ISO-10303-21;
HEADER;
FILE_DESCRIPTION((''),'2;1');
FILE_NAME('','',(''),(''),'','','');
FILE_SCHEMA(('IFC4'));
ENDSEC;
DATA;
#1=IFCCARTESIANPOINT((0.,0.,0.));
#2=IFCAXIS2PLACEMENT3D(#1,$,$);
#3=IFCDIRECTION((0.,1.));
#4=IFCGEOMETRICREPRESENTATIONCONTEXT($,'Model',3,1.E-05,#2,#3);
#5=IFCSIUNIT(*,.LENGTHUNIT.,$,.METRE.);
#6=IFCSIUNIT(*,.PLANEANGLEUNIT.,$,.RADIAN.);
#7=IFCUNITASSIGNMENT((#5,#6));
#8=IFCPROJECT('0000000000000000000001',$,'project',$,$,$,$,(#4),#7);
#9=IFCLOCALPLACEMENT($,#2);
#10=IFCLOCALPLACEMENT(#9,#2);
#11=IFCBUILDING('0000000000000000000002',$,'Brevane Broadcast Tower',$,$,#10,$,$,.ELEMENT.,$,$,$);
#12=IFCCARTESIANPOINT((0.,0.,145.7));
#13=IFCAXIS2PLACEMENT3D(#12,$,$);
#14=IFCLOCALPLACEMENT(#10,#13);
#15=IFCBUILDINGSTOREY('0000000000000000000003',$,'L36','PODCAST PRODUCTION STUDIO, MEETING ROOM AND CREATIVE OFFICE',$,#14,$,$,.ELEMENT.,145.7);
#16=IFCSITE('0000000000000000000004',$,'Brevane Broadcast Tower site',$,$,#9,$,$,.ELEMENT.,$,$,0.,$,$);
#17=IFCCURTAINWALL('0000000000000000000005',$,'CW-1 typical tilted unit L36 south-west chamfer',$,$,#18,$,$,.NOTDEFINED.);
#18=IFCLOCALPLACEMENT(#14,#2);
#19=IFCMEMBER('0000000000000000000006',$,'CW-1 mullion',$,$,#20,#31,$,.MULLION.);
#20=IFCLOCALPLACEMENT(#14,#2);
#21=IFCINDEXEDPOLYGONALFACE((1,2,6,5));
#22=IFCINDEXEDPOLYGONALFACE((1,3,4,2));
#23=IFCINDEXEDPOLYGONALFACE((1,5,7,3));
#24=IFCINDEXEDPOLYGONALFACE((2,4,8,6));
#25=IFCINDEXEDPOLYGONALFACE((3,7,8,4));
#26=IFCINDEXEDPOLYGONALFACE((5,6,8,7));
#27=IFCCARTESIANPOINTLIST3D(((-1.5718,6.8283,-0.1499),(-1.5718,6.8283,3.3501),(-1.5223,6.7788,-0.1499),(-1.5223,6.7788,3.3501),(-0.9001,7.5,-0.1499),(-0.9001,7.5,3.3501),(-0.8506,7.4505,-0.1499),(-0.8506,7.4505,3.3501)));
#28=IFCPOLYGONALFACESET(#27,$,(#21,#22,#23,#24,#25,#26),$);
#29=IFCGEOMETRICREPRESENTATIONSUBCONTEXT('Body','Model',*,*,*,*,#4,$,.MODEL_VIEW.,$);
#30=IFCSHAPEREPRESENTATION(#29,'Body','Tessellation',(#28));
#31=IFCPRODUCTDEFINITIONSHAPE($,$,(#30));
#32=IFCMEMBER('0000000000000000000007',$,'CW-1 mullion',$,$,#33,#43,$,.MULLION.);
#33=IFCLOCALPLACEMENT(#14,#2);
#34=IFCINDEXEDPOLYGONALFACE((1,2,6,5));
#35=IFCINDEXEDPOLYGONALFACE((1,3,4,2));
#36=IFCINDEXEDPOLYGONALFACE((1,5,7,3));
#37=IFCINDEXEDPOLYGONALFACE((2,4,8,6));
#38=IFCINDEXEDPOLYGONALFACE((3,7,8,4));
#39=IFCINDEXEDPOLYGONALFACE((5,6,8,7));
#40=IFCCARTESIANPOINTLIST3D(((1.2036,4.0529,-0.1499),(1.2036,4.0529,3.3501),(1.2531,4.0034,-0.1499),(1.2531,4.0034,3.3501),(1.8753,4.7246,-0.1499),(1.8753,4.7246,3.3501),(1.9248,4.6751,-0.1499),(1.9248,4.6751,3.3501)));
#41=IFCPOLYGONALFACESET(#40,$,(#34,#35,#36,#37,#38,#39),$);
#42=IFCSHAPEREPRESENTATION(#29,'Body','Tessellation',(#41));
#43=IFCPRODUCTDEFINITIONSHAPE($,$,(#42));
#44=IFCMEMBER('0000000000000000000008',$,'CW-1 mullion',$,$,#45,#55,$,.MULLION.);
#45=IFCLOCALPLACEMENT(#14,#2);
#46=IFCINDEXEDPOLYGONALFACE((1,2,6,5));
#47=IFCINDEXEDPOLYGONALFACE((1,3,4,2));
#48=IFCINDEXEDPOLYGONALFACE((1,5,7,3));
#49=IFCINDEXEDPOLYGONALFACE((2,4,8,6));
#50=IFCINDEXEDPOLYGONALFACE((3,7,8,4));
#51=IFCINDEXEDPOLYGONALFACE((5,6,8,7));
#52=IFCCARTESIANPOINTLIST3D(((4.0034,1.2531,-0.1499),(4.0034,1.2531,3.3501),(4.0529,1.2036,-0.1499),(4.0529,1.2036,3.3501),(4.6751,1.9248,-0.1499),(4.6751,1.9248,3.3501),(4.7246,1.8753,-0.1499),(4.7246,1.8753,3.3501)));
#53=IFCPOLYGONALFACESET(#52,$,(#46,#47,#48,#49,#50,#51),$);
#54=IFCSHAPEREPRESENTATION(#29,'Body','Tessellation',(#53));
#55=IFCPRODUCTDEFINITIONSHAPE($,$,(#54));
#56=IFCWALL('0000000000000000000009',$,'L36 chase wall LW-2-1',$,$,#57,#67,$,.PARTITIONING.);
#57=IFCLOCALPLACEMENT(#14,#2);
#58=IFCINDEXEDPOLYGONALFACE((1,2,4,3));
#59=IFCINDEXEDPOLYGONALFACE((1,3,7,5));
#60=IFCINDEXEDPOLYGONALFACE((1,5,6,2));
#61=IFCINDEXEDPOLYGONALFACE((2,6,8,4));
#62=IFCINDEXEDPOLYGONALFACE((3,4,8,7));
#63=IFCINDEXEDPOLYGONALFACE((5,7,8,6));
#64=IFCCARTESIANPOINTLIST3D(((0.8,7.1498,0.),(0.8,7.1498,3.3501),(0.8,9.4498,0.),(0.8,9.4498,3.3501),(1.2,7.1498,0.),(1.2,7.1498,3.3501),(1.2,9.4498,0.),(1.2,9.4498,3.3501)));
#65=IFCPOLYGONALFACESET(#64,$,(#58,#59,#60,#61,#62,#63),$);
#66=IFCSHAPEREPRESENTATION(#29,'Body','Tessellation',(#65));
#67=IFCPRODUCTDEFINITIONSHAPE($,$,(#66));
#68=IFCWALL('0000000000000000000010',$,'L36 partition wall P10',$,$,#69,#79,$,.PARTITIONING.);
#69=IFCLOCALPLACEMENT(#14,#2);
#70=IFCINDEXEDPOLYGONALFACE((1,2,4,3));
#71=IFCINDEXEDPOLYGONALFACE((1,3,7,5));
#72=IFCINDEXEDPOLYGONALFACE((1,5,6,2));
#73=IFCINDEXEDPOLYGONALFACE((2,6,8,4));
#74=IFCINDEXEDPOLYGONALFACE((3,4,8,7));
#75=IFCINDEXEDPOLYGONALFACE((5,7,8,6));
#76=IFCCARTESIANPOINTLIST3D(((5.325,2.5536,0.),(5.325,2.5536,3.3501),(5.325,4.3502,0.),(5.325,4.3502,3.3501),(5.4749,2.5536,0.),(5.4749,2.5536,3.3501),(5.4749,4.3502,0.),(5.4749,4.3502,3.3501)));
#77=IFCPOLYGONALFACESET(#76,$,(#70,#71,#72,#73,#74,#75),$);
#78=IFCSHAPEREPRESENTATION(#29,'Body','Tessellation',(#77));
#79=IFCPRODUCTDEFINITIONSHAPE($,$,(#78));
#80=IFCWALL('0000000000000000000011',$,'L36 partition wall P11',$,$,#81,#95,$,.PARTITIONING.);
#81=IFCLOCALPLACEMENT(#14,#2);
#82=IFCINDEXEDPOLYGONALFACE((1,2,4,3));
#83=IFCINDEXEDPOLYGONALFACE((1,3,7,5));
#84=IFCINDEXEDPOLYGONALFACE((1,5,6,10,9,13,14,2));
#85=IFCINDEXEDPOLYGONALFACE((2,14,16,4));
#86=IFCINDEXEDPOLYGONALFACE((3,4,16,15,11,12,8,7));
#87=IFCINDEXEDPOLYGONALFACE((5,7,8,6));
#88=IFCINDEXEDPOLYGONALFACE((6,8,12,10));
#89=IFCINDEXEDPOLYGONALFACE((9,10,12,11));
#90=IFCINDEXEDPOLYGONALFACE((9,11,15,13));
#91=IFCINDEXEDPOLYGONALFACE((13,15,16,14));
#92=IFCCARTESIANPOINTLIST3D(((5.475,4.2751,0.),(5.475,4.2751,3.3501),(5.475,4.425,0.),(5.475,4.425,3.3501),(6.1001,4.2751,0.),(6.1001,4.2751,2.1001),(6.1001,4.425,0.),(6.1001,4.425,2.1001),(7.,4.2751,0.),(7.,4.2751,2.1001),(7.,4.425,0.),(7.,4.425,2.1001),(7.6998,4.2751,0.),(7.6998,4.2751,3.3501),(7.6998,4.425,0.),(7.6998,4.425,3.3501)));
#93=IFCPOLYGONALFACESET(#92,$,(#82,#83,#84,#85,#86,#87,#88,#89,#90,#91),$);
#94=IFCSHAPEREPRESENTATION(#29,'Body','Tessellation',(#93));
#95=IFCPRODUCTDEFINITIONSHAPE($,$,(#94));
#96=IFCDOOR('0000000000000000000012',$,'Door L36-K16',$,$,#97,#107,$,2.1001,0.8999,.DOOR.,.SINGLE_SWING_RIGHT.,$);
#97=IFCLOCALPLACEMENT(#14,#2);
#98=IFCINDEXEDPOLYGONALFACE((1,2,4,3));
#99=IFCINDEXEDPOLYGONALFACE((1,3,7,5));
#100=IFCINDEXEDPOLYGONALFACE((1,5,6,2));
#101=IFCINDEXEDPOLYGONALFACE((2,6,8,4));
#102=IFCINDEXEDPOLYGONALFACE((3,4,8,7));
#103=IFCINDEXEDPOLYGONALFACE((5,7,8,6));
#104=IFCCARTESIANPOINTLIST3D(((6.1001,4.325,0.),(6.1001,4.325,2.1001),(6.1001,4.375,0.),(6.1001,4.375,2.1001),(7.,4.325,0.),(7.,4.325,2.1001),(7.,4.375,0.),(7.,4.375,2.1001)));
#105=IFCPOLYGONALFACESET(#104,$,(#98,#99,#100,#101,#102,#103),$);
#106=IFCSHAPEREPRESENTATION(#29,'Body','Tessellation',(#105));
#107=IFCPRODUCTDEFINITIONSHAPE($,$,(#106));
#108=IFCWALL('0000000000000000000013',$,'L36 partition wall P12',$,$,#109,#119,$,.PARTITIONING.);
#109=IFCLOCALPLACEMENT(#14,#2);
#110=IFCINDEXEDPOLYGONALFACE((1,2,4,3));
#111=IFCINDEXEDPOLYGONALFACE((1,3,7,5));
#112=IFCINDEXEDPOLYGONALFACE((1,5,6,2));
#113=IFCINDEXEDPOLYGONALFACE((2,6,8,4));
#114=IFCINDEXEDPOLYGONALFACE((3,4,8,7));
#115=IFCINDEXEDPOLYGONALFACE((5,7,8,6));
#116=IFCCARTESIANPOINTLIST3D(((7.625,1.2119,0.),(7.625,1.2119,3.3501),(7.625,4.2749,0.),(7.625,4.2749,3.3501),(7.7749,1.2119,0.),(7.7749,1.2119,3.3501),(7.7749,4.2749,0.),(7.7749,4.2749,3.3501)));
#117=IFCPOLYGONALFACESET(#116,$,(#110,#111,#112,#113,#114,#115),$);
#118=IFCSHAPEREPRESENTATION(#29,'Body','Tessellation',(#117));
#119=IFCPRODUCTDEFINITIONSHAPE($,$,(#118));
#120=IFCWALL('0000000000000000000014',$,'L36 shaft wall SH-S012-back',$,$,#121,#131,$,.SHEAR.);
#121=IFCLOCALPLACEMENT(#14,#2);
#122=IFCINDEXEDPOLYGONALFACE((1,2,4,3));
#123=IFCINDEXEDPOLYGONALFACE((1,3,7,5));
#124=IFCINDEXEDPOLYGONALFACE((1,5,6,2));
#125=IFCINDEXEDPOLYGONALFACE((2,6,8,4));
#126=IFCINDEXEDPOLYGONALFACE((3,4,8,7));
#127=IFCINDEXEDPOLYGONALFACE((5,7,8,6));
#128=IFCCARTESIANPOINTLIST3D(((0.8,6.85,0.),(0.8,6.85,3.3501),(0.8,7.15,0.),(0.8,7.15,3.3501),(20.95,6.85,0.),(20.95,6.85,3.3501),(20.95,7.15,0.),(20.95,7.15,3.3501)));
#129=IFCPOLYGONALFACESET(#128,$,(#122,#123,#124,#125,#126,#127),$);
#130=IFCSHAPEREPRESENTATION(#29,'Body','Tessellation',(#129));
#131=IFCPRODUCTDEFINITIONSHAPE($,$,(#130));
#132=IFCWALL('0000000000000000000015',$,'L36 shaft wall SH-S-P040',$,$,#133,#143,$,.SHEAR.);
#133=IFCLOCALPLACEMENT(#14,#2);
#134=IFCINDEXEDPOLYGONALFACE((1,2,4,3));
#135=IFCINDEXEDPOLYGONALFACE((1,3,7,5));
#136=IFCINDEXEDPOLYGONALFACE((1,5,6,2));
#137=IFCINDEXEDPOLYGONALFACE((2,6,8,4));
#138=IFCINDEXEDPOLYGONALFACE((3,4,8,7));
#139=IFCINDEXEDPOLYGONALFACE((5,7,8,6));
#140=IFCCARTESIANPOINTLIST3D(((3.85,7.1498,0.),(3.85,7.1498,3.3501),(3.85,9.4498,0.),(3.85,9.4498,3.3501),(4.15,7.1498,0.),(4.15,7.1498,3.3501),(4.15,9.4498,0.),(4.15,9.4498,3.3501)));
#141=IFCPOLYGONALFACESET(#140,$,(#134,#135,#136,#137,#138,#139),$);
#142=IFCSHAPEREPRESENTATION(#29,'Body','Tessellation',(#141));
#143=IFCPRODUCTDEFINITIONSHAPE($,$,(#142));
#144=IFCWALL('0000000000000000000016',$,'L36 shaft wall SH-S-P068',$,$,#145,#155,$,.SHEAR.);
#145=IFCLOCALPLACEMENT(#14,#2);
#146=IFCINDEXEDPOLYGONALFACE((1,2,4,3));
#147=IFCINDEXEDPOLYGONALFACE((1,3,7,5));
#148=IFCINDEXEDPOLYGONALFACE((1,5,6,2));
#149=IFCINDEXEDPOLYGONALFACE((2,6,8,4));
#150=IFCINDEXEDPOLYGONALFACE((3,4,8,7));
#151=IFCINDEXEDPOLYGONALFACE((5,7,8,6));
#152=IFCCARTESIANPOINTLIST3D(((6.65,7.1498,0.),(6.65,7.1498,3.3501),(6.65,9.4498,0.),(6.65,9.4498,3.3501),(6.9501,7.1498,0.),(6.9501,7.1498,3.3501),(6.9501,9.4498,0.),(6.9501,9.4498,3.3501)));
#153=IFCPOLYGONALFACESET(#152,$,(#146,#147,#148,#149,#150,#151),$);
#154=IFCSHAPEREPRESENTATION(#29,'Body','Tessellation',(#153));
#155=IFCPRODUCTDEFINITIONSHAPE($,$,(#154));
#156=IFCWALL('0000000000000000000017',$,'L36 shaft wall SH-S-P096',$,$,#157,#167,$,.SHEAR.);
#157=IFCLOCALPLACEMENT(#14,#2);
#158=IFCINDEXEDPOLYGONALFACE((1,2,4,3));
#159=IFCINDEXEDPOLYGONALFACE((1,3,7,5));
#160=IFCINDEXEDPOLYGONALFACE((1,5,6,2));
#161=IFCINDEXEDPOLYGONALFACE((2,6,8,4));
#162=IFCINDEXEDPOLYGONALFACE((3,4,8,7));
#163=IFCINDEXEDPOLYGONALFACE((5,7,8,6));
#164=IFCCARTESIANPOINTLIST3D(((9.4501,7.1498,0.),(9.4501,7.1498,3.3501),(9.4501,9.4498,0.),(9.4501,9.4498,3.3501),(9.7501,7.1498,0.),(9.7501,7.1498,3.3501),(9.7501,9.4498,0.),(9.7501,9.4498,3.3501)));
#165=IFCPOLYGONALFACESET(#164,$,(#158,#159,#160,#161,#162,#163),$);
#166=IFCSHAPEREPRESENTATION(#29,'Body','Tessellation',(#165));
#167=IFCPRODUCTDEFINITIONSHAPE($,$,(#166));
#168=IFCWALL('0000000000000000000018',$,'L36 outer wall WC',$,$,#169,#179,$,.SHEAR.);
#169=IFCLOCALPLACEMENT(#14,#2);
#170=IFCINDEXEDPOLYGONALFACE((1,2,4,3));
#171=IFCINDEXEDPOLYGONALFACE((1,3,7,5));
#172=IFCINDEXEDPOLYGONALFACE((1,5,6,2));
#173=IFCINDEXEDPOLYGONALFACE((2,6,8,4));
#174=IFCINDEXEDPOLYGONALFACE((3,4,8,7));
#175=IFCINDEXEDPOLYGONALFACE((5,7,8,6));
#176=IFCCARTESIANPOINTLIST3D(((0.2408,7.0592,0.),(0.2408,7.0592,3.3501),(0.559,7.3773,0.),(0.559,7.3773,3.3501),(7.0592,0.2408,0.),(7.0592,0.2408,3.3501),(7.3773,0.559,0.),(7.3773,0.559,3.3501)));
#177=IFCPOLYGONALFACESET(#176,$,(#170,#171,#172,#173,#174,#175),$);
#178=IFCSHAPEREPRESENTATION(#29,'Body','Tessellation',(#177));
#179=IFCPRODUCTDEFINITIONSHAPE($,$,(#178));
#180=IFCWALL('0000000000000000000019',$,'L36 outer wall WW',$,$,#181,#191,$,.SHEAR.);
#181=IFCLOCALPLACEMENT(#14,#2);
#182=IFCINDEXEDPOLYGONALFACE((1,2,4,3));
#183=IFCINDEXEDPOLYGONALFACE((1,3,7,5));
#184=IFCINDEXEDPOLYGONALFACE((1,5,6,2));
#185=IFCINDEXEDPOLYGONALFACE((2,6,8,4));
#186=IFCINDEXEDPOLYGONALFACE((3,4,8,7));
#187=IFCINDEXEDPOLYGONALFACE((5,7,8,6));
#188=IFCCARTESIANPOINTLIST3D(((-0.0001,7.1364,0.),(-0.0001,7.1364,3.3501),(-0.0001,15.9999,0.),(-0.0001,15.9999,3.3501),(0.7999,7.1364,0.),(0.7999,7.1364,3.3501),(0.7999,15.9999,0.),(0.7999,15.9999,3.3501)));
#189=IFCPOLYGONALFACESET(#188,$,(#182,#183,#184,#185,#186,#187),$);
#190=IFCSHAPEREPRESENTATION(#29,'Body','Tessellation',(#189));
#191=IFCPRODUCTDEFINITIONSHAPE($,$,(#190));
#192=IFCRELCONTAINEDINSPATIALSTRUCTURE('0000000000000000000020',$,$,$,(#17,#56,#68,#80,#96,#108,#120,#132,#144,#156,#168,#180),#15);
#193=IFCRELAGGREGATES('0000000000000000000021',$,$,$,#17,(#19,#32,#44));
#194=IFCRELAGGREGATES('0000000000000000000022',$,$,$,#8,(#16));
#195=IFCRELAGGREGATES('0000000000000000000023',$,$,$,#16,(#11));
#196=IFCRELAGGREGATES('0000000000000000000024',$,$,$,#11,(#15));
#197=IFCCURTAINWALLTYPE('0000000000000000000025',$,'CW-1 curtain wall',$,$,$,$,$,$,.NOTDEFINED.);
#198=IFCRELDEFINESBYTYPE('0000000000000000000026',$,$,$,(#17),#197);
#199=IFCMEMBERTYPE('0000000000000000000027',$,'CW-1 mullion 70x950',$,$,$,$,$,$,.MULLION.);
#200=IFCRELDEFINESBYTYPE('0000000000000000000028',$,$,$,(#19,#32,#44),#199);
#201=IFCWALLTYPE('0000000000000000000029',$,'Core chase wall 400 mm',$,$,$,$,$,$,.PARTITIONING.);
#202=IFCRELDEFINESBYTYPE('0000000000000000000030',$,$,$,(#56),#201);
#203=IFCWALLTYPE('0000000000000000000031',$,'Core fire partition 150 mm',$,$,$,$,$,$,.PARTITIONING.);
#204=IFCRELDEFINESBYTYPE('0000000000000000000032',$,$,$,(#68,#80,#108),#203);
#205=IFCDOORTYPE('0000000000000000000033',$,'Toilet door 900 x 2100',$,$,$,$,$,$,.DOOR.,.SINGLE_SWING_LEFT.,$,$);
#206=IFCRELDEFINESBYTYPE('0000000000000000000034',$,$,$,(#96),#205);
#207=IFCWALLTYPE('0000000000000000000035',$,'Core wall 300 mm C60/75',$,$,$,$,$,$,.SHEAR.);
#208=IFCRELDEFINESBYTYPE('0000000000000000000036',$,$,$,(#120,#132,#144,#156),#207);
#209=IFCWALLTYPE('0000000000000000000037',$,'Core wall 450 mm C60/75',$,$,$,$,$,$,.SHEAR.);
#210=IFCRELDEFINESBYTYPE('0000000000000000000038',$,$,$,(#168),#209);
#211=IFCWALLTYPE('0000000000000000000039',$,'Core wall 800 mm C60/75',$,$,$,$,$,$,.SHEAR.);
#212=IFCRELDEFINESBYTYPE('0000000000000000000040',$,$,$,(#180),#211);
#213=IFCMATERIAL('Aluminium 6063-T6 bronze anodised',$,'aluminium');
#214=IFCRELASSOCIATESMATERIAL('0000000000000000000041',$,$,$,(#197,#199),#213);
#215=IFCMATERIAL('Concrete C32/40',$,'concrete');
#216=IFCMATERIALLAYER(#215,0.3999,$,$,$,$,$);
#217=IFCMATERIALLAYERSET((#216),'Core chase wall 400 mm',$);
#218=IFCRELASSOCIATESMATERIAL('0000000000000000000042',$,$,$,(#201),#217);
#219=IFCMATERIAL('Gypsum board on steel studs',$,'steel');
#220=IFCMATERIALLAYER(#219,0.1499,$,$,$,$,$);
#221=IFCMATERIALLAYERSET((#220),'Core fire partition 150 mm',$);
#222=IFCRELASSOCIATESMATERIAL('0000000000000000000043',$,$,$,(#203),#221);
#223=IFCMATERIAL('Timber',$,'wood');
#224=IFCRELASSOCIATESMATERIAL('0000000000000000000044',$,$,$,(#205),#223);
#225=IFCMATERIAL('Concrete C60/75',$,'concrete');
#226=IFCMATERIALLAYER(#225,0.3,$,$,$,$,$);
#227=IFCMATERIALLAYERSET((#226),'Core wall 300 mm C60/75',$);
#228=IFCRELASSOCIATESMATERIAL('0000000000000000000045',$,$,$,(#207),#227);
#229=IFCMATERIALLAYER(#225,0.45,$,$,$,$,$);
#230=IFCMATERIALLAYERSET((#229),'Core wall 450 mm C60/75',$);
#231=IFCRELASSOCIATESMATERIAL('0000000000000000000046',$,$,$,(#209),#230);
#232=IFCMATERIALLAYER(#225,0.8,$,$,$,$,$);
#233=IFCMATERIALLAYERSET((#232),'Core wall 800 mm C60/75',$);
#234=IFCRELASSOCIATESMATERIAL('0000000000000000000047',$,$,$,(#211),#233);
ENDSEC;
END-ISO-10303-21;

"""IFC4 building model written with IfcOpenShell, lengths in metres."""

from ifc_helpers import new_model, si_unit, direction, frame, frame_2d, origin, origin_2d, place, context, subcontext, project, spatial, rectangle, extrude, material, layer, layer_set, material_profile, profile_set, type_object, element, fill, aggregate, save


model = new_model("IFC4")

# Units and contexts
model_context = context("Model", 3, precision=1e-05, world=origin(), true_north=direction((0.0, 1.0)))
body_context = subcontext(model_context, "Body", "Model", "MODEL_VIEW")
ifc_project = project(units=[si_unit("LENGTHUNIT", "METRE"), si_unit("PLANEANGLEUNIT", "RADIAN")], contexts=[model_context])

# Site, building, storey
site_placement = place(None, origin())
site = spatial("IfcSite", under=ifc_project, at=site_placement, Name="Brevane Broadcast Tower site", CompositionType="ELEMENT", RefElevation=0.0)
building_placement = place(site_placement, origin())
building = spatial("IfcBuilding", under=site, at=building_placement, Name="Brevane Broadcast Tower", CompositionType="ELEMENT")
storey_placement = place(building_placement, frame((0.0, 0.0, 145.7)))
storey = spatial("IfcBuildingStorey", under=building, at=storey_placement, Name="L36", Description="PODCAST PRODUCTION STUDIO, MEETING ROOM AND CREATIVE OFFICE", CompositionType="ELEMENT", Elevation=145.7)

# Curtain wall, members
ifc_material_1 = material(Name="Aluminium 6063-T6 bronze anodised", Category="aluminium")
curtain_wall_type = type_object("IfcCurtainWallType", Name="CW-1 curtain wall", PredefinedType="NOTDEFINED", material=ifc_material_1)
curtain_wall_placement = place(storey_placement, origin())
curtain_wall = element("IfcCurtainWall", 1, at=curtain_wall_placement, inside=storey, type_object=curtain_wall_type, Name="CW-1 typical tilted unit L36 south-west chamfer", PredefinedType="NOTDEFINED")
ifc_material_profile = material_profile(ifc_material_1, rectangle(XDim=0.95, YDim=0.0701, at=origin_2d()), Name="RECT 70x950")
ifc_profile_set = profile_set([ifc_material_profile], Name="Aluminium 6063-T6 bronze anodised")
member_type = type_object("IfcMemberType", Name="CW-1 mullion 70x950", PredefinedType="MULLION", material=ifc_profile_set)
member_1_placement = place(storey_placement, frame((-1.2112, 7.1394, -0.1499), z_axis=(0.0, 0.0, 1.0), x_axis=(0.707107, 0.707107, 0.0)))
member_1 = element("IfcMember", 2, at=member_1_placement, type_object=member_type, Name="CW-1 mullion", PredefinedType="MULLION", context=body_context, shape_type="SweptSolid", body=[
    extrude(rectangle(XDim=0.95, YDim=0.0701, at=origin_2d()), origin(), (0.0, 0.0, 1.0), 3.5),
])
member_2_placement = place(storey_placement, frame((1.5642, 4.364, -0.1499), z_axis=(0.0, 0.0, 1.0), x_axis=(0.707107, 0.707107, 0.0)))
member_2 = element("IfcMember", 3, at=member_2_placement, type_object=member_type, Name="CW-1 mullion", PredefinedType="MULLION", context=body_context, shape_type="SweptSolid", body=[
    extrude(rectangle(XDim=0.95, YDim=0.0701, at=origin_2d()), origin(), (0.0, 0.0, 1.0), 3.5),
])
member_3_placement = place(storey_placement, frame((4.364, 1.5642, -0.1499), z_axis=(0.0, 0.0, 1.0), x_axis=(0.707107, 0.707107, 0.0)))
member_3 = element("IfcMember", 4, at=member_3_placement, type_object=member_type, Name="CW-1 mullion", PredefinedType="MULLION", context=body_context, shape_type="SweptSolid", body=[
    extrude(rectangle(XDim=0.95, YDim=0.0701, at=origin_2d()), origin(), (0.0, 0.0, 1.0), 3.5),
])
aggregate(curtain_wall, [member_1, member_2, member_3])

# Walls
ifc_material_2 = material(Name="Concrete C32/40", Category="concrete")
ifc_layer_1 = layer(ifc_material_2, 0.3999)
ifc_layer_set_1 = layer_set([ifc_layer_1], Name="Core chase wall 400 mm")
wall_type_1 = type_object("IfcWallType", Name="Core chase wall 400 mm", PredefinedType="PARTITIONING", material=ifc_layer_set_1)
wall_1_placement = place(storey_placement, frame((1.0, 7.1499, 0.0), z_axis=(0.0, 0.0, 1.0), x_axis=(0.0, 1.0, 0.0)))
element("IfcWall", 5, at=wall_1_placement, inside=storey, type_object=wall_type_1, Name="L36 chase wall LW-2-1", PredefinedType="PARTITIONING", context=body_context, shape_type="SweptSolid", body=[
    extrude(rectangle(XDim=2.3, YDim=0.3999, at=frame_2d((1.1499, 0.0))), origin(), (0.0, 0.0, 1.0), 3.3501),
])
ifc_material_3 = material(Name="Gypsum board on steel studs", Category="steel")
ifc_layer_2 = layer(ifc_material_3, 0.1499)
ifc_layer_set_2 = layer_set([ifc_layer_2], Name="Core fire partition 150 mm")
wall_type_2 = type_object("IfcWallType", Name="Core fire partition 150 mm", PredefinedType="PARTITIONING", material=ifc_layer_set_2)
wall_2_placement = place(storey_placement, frame((5.3999, 2.5535, 0.0), z_axis=(0.0, 0.0, 1.0), x_axis=(0.0, 1.0, 0.0)))
element("IfcWall", 6, at=wall_2_placement, inside=storey, type_object=wall_type_2, Name="L36 partition wall P10", PredefinedType="PARTITIONING", context=body_context, shape_type="SweptSolid", body=[
    extrude(rectangle(XDim=1.7966, YDim=0.1499, at=frame_2d((0.8984, 0.0))), origin(), (0.0, 0.0, 1.0), 3.3501),
])

# Wall, opening, door
wall_3_placement = place(storey_placement, frame((5.4751, 4.3501, 0.0), z_axis=(0.0, 0.0, 1.0), x_axis=(1.0, 0.0, 0.0)))
wall_3 = element("IfcWall", 7, at=wall_3_placement, inside=storey, type_object=wall_type_2, Name="L36 partition wall P11", PredefinedType="PARTITIONING", context=body_context, shape_type="SweptSolid", body=[
    extrude(rectangle(XDim=2.2249, YDim=0.1499, at=frame_2d((1.1123, 0.0))), origin(), (0.0, 0.0, 1.0), 3.3501),
])
opening_placement = place(wall_3_placement, frame((0.625, 0.0, 0.0)))
opening = element("IfcOpeningElement", 8, at=opening_placement, cuts=wall_3, PredefinedType="OPENING", context=body_context, shape_type="SweptSolid", body=[
    extrude(rectangle(XDim=0.8999, YDim=2.1001, at=frame_2d((0.45, 1.05))), frame((0.0, 0.085, 0.0), z_axis=(0.0, -1.0, 0.0), x_axis=(1.0, 0.0, 0.0)), (0.0, 0.0, 1.0), 0.1699),
])
ifc_material_4 = material(Name="Timber", Category="wood")
door_type = type_object("IfcDoorType", Name="Toilet door 900 x 2100", OperationType="SINGLE_SWING_LEFT", PredefinedType="DOOR", material=ifc_material_4)
door_placement = place(opening_placement, origin())
door = element("IfcDoor", 9, at=door_placement, inside=storey, type_object=door_type, Name="Door L36-K16", OperationType="SINGLE_SWING_RIGHT", OverallHeight=2.1001, OverallWidth=0.8999, PredefinedType="DOOR", context=body_context, shape_type="SweptSolid", body=[
    extrude(rectangle(XDim=0.8999, YDim=2.1001, at=frame_2d((0.45, 1.05))), frame((0.0, 0.0249, 0.0), z_axis=(0.0, -1.0, 0.0), x_axis=(1.0, 0.0, 0.0)), (0.0, 0.0, 1.0), 0.05),
])
fill(opening, door)

# Walls
wall_4_placement = place(storey_placement, frame((7.7, 4.2749, 0.0), z_axis=(0.0, 0.0, 1.0), x_axis=(0.0, -1.0, 0.0)))
element("IfcWall", 10, at=wall_4_placement, inside=storey, type_object=wall_type_2, Name="L36 partition wall P12", PredefinedType="PARTITIONING", context=body_context, shape_type="SweptSolid", body=[
    extrude(rectangle(XDim=3.063, YDim=0.1499, at=frame_2d((1.5315, 0.0))), origin(), (0.0, 0.0, 1.0), 3.3501),
])
ifc_material_5 = material(Name="Concrete C60/75", Category="concrete")
ifc_layer_3 = layer(ifc_material_5, 0.3)
ifc_layer_set_3 = layer_set([ifc_layer_3], Name="Core wall 300 mm C60/75")
wall_type_3 = type_object("IfcWallType", Name="Core wall 300 mm C60/75", PredefinedType="SHEAR", material=ifc_layer_set_3)
wall_5_placement = place(storey_placement, frame((0.8, 7.0, 0.0), z_axis=(0.0, 0.0, 1.0), x_axis=(1.0, 0.0, 0.0)))
element("IfcWall", 11, at=wall_5_placement, inside=storey, type_object=wall_type_3, Name="L36 shaft wall SH-S012-back", PredefinedType="SHEAR", context=body_context, shape_type="SweptSolid", body=[
    extrude(rectangle(XDim=20.1499, YDim=0.3, at=frame_2d((10.075, 0.0))), origin(), (0.0, 0.0, 1.0), 3.3501),
])
for number, where, z_axis, x_axis, name in (
    (12, (4.0, 7.1499, 0.0), (0.0, 0.0, 1.0), (0.0, 1.0, 0.0), "L36 shaft wall SH-S-P040"),
    (13, (6.8, 7.1499, 0.0), (0.0, 0.0, 1.0), (0.0, 1.0, 0.0), "L36 shaft wall SH-S-P068"),
    (14, (9.6001, 7.1499, 0.0), (0.0, 0.0, 1.0), (0.0, 1.0, 0.0), "L36 shaft wall SH-S-P096"),
):
    element("IfcWall", number, at=place(storey_placement, frame(where, z_axis=z_axis, x_axis=x_axis)), inside=storey, type_object=wall_type_3, Name=name, PredefinedType="SHEAR", context=body_context, shape_type="SweptSolid", body=[
        extrude(rectangle(XDim=2.3, YDim=0.3, at=frame_2d((1.1499, 0.0))), origin(), (0.0, 0.0, 1.0), 3.3501),
    ])
ifc_layer_4 = layer(ifc_material_5, 0.45)
ifc_layer_set_4 = layer_set([ifc_layer_4], Name="Core wall 450 mm C60/75")
wall_type_4 = type_object("IfcWallType", Name="Core wall 450 mm C60/75", PredefinedType="SHEAR", material=ifc_layer_set_4)
wall_6_placement = place(storey_placement, frame((0.3999, 7.2183, 0.0), z_axis=(0.0, 0.0, 1.0), x_axis=(0.707107, -0.707107, 0.0)))
element("IfcWall", 15, at=wall_6_placement, inside=storey, type_object=wall_type_4, Name="L36 outer wall WC", PredefinedType="SHEAR", context=body_context, shape_type="SweptSolid", body=[
    extrude(rectangle(XDim=9.6426, YDim=0.45, at=frame_2d((4.8213, 0.0))), origin(), (0.0, 0.0, 1.0), 3.3501),
])
ifc_layer_5 = layer(ifc_material_5, 0.8)
ifc_layer_set_5 = layer_set([ifc_layer_5], Name="Core wall 800 mm C60/75")
wall_type_5 = type_object("IfcWallType", Name="Core wall 800 mm C60/75", PredefinedType="SHEAR", material=ifc_layer_set_5)
wall_7_placement = place(storey_placement, frame((0.3999, 7.1365, 0.0), z_axis=(0.0, 0.0, 1.0), x_axis=(0.0, 1.0, 0.0)))
element("IfcWall", 16, at=wall_7_placement, inside=storey, type_object=wall_type_5, Name="L36 outer wall WW", PredefinedType="SHEAR", context=body_context, shape_type="SweptSolid", body=[
    extrude(rectangle(XDim=8.8635, YDim=0.8, at=frame_2d((4.4316, 0.0))), origin(), (0.0, 0.0, 1.0), 3.3501),
])

save(model, "model.ifc")
